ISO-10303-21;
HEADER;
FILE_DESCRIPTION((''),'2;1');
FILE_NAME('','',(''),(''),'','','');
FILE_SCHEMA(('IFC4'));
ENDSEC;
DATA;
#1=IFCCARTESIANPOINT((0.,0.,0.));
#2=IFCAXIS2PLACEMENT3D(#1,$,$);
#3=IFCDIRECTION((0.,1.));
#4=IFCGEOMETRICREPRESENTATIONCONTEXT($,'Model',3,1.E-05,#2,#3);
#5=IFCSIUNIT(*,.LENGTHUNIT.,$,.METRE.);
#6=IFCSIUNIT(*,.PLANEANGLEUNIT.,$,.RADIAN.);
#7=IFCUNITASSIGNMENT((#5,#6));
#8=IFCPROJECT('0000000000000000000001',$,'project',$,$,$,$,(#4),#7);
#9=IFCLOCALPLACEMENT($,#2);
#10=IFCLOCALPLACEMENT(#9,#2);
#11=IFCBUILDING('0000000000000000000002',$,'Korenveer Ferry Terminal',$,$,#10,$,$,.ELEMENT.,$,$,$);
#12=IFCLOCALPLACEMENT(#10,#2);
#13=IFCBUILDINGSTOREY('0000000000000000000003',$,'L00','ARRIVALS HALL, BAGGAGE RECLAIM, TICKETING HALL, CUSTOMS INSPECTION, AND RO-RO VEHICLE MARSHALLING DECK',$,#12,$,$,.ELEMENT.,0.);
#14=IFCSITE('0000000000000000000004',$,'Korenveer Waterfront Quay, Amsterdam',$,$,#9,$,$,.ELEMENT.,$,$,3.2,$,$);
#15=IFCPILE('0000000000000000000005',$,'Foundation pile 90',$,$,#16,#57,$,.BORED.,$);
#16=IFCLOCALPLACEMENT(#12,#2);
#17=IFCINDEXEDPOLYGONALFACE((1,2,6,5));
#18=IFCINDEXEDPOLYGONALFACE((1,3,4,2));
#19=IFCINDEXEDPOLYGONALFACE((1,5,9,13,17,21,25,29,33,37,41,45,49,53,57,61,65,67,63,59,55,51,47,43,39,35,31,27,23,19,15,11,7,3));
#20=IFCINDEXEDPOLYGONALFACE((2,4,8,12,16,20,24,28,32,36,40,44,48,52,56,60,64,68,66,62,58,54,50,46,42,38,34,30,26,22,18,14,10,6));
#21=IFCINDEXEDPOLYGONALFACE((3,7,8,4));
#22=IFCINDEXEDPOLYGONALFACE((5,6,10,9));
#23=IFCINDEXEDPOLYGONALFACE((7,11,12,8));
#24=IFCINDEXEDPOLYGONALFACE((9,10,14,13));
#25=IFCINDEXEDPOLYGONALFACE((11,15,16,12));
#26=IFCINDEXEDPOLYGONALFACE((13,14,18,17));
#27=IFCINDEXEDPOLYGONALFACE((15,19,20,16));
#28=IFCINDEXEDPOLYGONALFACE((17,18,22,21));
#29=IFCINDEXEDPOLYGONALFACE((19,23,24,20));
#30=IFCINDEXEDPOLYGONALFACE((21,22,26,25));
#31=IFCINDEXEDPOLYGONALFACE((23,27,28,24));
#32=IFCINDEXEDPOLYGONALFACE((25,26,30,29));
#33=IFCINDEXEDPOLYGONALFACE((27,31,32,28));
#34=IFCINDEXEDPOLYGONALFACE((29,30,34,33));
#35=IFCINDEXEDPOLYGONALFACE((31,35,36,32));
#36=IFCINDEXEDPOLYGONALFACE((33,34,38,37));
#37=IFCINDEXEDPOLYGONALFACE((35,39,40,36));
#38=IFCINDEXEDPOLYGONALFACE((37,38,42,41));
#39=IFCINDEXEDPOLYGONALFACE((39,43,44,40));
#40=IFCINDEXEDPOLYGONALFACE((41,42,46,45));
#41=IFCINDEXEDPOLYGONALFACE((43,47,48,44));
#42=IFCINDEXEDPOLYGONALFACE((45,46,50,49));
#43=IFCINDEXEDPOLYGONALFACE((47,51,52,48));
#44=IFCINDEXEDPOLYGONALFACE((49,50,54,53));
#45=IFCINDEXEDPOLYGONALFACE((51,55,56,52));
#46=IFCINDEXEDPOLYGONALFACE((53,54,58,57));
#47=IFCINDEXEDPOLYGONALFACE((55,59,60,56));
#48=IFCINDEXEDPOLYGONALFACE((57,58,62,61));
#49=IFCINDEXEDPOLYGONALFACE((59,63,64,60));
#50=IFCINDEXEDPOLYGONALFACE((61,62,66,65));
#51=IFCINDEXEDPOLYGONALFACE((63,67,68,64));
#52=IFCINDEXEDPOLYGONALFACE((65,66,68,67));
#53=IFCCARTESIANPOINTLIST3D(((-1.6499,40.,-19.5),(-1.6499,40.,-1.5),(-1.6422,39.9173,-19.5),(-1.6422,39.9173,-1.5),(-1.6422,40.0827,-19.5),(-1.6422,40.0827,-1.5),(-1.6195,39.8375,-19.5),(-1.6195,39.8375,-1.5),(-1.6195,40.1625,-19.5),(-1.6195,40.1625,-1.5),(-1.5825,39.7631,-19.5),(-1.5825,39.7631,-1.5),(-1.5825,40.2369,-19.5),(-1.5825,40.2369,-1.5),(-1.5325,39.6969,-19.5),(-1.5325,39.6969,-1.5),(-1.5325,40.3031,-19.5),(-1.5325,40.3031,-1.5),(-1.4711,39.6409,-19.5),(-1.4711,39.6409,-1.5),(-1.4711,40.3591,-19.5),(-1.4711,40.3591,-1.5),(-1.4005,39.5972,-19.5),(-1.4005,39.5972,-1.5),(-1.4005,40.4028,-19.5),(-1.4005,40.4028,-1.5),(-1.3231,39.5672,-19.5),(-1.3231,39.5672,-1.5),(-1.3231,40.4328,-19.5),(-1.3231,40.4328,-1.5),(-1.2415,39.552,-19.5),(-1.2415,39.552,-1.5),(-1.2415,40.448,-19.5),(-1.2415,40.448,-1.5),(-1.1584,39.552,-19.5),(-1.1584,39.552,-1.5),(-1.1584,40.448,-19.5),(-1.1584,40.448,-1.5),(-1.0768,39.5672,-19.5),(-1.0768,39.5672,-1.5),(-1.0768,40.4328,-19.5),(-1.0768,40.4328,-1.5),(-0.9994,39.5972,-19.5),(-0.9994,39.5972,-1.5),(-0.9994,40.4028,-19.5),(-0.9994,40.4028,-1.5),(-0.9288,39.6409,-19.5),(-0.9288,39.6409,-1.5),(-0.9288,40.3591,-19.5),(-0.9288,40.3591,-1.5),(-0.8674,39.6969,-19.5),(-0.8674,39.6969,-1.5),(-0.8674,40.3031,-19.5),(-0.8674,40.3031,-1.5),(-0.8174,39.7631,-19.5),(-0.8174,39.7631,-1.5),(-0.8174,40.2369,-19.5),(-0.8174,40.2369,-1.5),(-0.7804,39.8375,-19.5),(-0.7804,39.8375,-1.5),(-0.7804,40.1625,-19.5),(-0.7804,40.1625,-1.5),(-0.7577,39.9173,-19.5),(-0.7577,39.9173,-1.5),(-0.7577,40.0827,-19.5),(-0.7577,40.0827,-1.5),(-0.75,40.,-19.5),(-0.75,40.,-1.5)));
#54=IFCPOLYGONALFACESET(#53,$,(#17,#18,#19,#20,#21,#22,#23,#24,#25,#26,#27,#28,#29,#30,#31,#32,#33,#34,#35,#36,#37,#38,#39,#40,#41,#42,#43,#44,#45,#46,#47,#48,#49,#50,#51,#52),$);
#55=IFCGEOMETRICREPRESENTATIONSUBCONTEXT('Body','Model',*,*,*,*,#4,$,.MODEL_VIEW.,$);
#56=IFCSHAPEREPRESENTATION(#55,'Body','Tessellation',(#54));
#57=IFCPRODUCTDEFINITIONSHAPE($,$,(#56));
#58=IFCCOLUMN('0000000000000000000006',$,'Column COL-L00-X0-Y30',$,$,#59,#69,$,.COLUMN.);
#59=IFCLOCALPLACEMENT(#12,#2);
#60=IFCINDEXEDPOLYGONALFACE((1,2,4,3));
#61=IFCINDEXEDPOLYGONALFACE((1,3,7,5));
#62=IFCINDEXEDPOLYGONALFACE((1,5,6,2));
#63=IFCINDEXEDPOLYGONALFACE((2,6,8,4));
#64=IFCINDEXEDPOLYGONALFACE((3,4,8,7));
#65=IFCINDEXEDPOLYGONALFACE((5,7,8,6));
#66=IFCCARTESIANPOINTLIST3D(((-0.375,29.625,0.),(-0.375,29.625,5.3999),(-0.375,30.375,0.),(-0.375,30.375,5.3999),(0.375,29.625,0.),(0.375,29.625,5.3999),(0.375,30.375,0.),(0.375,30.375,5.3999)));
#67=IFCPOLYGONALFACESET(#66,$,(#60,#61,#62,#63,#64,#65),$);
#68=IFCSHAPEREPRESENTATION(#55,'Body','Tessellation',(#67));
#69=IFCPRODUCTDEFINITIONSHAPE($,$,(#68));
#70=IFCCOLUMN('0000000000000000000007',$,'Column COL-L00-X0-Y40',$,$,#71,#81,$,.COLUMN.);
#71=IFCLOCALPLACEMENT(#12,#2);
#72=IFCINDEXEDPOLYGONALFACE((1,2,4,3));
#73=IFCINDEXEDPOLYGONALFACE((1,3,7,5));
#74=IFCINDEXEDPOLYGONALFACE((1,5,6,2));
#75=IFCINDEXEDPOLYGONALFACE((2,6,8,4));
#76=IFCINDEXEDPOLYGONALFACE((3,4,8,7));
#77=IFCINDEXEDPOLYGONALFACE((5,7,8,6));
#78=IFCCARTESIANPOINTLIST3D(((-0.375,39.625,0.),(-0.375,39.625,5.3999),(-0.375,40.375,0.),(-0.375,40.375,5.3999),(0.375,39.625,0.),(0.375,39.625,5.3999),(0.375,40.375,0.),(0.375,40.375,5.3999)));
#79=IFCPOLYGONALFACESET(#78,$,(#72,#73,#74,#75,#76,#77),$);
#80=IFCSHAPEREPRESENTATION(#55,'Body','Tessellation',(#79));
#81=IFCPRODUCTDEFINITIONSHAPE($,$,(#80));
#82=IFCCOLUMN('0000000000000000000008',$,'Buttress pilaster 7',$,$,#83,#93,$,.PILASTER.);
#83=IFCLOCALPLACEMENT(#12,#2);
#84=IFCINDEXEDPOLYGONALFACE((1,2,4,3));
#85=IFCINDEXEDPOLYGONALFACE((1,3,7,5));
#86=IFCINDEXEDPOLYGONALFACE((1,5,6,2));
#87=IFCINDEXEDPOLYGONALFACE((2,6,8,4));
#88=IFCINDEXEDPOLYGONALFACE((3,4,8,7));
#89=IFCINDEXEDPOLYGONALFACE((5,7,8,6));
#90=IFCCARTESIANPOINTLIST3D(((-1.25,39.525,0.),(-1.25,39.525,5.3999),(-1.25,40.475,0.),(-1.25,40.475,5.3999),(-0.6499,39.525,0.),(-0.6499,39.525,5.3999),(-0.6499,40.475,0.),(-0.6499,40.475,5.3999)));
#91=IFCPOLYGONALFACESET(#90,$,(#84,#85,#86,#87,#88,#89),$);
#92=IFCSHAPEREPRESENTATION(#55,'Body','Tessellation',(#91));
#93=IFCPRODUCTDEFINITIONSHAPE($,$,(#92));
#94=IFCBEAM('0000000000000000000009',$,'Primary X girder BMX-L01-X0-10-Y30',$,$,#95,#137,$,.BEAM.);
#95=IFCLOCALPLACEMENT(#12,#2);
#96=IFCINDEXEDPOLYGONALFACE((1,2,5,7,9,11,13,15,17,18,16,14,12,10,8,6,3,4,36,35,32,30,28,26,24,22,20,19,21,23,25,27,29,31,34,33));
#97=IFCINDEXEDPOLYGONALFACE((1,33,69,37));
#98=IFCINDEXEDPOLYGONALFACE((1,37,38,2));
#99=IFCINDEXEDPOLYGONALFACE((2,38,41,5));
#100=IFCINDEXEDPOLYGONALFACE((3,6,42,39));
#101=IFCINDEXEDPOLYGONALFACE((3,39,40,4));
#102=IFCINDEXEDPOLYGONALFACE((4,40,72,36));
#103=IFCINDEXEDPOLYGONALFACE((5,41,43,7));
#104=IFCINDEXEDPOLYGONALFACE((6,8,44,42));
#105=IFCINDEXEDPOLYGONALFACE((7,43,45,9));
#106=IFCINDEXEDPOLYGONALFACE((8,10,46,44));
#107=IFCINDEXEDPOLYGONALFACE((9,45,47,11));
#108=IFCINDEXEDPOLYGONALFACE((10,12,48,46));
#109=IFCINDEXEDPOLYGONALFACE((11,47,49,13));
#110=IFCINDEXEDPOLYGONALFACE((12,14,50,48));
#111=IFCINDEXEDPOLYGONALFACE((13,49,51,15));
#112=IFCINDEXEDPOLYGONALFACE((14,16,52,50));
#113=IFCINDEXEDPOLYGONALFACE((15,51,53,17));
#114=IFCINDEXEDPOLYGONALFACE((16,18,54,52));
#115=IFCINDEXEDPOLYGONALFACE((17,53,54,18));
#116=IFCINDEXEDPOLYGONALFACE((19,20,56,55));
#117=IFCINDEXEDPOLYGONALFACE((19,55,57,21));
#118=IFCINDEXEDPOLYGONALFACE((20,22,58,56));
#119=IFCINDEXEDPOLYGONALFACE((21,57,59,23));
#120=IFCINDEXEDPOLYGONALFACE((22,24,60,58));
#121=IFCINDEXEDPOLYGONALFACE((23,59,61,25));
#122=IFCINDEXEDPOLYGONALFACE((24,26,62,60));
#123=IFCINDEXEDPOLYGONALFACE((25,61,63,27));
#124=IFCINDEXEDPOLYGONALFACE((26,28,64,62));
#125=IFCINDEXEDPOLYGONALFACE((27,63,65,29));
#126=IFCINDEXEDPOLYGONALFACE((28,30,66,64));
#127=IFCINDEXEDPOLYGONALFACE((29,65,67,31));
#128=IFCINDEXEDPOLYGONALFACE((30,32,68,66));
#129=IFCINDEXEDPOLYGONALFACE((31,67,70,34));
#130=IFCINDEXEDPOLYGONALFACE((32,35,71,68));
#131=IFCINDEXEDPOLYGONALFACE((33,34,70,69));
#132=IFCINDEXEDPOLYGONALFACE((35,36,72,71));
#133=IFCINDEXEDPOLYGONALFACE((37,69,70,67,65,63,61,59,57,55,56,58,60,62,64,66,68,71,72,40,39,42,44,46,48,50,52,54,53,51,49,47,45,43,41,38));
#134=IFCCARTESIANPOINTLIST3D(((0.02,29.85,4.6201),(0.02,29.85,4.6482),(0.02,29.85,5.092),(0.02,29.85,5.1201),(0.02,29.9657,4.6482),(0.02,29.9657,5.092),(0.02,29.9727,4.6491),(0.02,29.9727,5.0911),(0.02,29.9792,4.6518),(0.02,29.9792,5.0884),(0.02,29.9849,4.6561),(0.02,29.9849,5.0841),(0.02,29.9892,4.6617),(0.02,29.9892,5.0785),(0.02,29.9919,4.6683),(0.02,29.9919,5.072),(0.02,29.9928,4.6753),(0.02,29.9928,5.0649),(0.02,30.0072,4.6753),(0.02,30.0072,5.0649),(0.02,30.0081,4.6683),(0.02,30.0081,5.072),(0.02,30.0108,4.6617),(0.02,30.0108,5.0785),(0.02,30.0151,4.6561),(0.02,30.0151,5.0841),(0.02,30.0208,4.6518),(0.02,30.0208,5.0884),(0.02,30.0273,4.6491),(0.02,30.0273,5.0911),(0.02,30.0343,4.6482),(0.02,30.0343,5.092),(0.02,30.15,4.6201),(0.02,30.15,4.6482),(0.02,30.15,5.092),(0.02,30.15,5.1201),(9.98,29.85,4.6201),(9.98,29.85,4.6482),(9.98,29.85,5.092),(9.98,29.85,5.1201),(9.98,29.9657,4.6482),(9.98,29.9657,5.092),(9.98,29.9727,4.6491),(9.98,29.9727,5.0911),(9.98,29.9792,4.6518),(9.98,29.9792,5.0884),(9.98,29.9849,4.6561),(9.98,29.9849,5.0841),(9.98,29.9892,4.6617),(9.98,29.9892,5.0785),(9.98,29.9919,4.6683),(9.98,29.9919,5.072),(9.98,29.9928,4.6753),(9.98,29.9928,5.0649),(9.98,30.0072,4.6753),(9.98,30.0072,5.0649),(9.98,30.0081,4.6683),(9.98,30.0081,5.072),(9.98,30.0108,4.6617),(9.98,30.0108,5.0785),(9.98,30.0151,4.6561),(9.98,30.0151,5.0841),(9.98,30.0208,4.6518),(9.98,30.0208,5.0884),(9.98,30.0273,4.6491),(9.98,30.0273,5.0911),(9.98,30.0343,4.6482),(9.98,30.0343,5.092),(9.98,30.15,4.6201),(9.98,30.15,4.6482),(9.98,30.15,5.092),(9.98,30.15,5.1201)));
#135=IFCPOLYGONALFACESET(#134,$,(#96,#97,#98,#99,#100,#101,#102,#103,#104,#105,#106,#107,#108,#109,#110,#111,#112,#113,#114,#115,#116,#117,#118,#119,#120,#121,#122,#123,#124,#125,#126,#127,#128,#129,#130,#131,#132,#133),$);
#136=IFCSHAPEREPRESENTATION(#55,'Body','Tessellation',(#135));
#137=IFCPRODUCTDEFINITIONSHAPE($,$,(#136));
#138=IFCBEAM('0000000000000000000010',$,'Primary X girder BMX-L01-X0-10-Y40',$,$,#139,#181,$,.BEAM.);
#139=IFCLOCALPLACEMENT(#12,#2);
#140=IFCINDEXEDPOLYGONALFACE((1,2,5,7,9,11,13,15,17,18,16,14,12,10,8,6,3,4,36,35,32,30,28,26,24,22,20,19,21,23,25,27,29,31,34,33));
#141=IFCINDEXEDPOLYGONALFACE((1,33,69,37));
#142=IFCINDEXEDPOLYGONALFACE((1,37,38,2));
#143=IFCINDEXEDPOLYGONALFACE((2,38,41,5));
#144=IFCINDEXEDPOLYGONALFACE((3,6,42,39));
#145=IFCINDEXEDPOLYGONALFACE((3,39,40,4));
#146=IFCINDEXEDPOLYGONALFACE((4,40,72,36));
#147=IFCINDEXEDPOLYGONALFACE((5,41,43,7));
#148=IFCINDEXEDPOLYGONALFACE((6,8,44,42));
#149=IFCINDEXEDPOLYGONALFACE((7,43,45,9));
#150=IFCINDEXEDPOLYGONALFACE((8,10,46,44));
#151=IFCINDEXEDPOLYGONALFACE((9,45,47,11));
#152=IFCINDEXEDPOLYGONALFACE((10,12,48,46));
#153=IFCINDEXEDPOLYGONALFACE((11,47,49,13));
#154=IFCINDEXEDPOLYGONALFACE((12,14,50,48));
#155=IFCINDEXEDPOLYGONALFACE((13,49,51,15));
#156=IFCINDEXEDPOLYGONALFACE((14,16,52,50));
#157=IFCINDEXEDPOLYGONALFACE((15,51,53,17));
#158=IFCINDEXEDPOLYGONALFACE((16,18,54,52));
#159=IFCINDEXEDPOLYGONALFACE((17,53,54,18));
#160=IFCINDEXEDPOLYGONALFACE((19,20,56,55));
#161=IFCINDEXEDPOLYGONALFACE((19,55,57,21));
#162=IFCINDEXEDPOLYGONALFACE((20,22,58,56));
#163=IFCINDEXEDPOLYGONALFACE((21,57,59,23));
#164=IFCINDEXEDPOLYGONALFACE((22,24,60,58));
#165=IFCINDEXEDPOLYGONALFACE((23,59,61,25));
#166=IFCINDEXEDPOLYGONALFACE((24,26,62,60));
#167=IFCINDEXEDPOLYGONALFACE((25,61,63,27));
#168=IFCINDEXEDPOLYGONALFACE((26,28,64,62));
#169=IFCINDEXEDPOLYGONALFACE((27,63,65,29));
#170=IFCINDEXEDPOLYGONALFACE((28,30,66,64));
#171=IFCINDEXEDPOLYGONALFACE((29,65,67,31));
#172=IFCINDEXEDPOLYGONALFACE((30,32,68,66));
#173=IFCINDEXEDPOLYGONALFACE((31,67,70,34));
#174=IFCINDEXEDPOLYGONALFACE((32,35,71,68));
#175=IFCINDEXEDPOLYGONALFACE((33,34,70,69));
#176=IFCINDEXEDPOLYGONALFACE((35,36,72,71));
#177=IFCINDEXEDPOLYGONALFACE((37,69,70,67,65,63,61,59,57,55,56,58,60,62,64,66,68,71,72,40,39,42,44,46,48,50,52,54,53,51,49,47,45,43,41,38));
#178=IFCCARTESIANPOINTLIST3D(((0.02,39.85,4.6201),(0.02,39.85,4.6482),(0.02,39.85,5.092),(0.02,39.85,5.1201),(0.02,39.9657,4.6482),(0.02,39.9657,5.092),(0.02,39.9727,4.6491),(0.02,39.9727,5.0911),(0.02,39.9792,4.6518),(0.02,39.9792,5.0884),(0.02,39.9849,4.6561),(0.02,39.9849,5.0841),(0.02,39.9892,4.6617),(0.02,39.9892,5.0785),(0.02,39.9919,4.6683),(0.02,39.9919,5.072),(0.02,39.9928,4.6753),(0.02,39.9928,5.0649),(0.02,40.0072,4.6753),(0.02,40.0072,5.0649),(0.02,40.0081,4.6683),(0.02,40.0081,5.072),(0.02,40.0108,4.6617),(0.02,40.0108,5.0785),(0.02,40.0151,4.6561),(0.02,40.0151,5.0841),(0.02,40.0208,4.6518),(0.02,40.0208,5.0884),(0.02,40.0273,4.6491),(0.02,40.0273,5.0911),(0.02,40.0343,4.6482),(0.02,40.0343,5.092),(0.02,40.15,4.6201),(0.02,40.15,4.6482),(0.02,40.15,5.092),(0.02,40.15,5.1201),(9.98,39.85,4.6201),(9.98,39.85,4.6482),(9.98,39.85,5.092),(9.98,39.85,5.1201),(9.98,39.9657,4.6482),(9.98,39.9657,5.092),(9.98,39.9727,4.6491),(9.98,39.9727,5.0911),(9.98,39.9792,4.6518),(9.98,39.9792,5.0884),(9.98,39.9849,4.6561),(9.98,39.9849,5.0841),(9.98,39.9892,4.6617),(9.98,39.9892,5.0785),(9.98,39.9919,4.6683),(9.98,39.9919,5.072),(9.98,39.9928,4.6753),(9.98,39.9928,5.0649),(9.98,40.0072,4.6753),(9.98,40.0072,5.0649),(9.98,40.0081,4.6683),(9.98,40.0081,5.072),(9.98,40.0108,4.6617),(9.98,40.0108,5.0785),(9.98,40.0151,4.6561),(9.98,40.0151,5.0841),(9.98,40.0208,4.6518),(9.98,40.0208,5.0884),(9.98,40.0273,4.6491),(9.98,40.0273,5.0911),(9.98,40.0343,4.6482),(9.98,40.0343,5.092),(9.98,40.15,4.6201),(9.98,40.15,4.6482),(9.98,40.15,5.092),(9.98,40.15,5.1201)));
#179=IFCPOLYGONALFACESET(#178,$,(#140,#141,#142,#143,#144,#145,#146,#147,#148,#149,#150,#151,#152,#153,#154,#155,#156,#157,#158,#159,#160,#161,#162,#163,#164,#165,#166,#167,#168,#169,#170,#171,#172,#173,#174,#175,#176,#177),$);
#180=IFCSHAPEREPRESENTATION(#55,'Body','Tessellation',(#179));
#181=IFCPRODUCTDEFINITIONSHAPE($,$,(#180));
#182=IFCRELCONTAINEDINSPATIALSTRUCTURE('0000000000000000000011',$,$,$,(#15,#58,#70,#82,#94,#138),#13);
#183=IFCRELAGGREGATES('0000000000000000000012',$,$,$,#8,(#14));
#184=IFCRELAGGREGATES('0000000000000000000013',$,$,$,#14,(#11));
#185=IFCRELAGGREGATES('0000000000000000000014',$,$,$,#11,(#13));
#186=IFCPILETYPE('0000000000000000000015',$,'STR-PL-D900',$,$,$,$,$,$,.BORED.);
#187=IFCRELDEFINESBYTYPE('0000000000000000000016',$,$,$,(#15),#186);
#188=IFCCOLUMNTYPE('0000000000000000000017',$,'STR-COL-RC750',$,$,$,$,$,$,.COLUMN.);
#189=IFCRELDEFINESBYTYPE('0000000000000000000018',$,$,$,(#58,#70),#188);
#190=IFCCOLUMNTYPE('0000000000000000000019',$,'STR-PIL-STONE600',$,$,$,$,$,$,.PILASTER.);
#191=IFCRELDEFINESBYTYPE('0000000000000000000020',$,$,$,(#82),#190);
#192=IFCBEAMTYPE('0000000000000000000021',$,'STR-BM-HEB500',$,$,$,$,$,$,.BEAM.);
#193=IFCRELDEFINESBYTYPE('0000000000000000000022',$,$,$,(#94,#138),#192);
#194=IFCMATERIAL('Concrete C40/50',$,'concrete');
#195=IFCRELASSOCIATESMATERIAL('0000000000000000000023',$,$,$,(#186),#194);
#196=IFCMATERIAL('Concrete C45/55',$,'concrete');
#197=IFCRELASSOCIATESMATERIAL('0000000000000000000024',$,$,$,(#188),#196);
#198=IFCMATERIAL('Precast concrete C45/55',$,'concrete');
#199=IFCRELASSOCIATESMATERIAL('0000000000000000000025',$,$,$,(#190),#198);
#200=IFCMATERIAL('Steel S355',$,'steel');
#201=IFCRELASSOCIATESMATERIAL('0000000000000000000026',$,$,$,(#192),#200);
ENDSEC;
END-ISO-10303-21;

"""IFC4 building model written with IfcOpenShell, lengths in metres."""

from ifc_helpers import new_model, si_unit, direction, frame, origin, origin_2d, place, context, subcontext, project, spatial, rectangle, circle, i_section, extrude, material, material_profile, profile_set, type_object, element, save


model = new_model("IFC4")

# Units and contexts
model_context = context("Model", 3, precision=1e-05, world=origin(), true_north=direction((0.0, 1.0)))
body_context = subcontext(model_context, "Body", "Model", "MODEL_VIEW")
ifc_project = project(units=[si_unit("LENGTHUNIT", "METRE"), si_unit("PLANEANGLEUNIT", "RADIAN")], contexts=[model_context])

# Site, building, storey
site_placement = place(None, origin())
site = spatial("IfcSite", under=ifc_project, at=site_placement, Name="Korenveer Waterfront Quay, Amsterdam", CompositionType="ELEMENT", RefElevation=3.2)
building_placement = place(site_placement, origin())
building = spatial("IfcBuilding", under=site, at=building_placement, Name="Korenveer Ferry Terminal", CompositionType="ELEMENT")
storey_placement = place(building_placement, origin())
storey = spatial("IfcBuildingStorey", under=building, at=storey_placement, Name="L00", Description="ARRIVALS HALL, BAGGAGE RECLAIM, TICKETING HALL, CUSTOMS INSPECTION, AND RO-RO VEHICLE MARSHALLING DECK", CompositionType="ELEMENT", Elevation=0.0)

# Shared definitions
ifc_material_1 = material(Name="Concrete C40/50", Category="concrete")
ifc_material_2 = material(Name="Concrete C45/55", Category="concrete")

# Pile
ifc_material_profile_1 = material_profile(ifc_material_1, circle(Radius=0.45, at=origin_2d()), Name="PILE D900")
ifc_profile_set_1 = profile_set([ifc_material_profile_1], Name="Concrete C40/50")
pile_type = type_object("IfcPileType", Name="STR-PL-D900", PredefinedType="BORED", material=ifc_profile_set_1)
for number, where, z_axis, x_axis, name in (
    (1, (-1.2, 40.0, -1.5), (0.0, 0.0, -1.0), (1.0, 0.0, 0.0), "Foundation pile 90"),
):
    element("IfcPile", number, at=place(storey_placement, frame(where, z_axis=z_axis, x_axis=x_axis)), inside=storey, type_object=pile_type, Name=name, PredefinedType="BORED", context=body_context, shape_type="SweptSolid", body=[
        extrude(circle(Radius=0.45, at=origin_2d()), origin(), (0.0, 0.0, 1.0), 18.0),
    ])

# Columns
ifc_material_profile_2 = material_profile(ifc_material_2, rectangle(XDim=0.75, YDim=0.75, at=origin_2d()), Name="RC 750x750")
ifc_profile_set_2 = profile_set([ifc_material_profile_2], Name="Concrete C45/55")
column_type_1 = type_object("IfcColumnType", Name="STR-COL-RC750", PredefinedType="COLUMN", material=ifc_profile_set_2)
for number, where, z_axis, x_axis, name in (
    (2, (0.0, 30.0, 0.0), (0.0, 0.0, 1.0), (1.0, 0.0, 0.0), "Column COL-L00-X0-Y30"),
    (3, (0.0, 40.0, 0.0), (0.0, 0.0, 1.0), (1.0, 0.0, 0.0), "Column COL-L00-X0-Y40"),
):
    element("IfcColumn", number, at=place(storey_placement, frame(where, z_axis=z_axis, x_axis=x_axis)), inside=storey, type_object=column_type_1, Name=name, PredefinedType="COLUMN", context=body_context, shape_type="SweptSolid", body=[
        extrude(rectangle(XDim=0.75, YDim=0.75, at=origin_2d()), origin(), (0.0, 0.0, 1.0), 5.3999),
    ])
ifc_material_3 = material(Name="Precast concrete C45/55", Category="concrete")
ifc_material_profile_3 = material_profile(ifc_material_3, rectangle(XDim=0.6001, YDim=0.95, at=origin_2d()), Name="RC 600x950")
ifc_profile_set_3 = profile_set([ifc_material_profile_3], Name="Precast concrete C45/55")
column_type_2 = type_object("IfcColumnType", Name="STR-PIL-STONE600", PredefinedType="PILASTER", material=ifc_profile_set_3)
column_placement = place(storey_placement, frame((-0.95, 40.0, 0.0), z_axis=(0.0, 0.0, 1.0), x_axis=(1.0, 0.0, 0.0)))
element("IfcColumn", 4, at=column_placement, inside=storey, type_object=column_type_2, Name="Buttress pilaster 7", PredefinedType="PILASTER", context=body_context, shape_type="SweptSolid", body=[
    extrude(rectangle(XDim=0.6001, YDim=0.95, at=origin_2d()), origin(), (0.0, 0.0, 1.0), 5.3999),
])

# Beams
ifc_material_4 = material(Name="Steel S355", Category="steel")
ifc_material_profile_4 = material_profile(ifc_material_4, i_section(OverallWidth=0.3, OverallDepth=0.5, WebThickness=0.0144, FlangeThickness=0.0281, FilletRadius=0.0271, at=origin_2d()), Name="HEB 500")
ifc_profile_set_4 = profile_set([ifc_material_profile_4], Name="Steel S355")
beam_type_1 = type_object("IfcBeamType", Name="STR-BM-HEB500", PredefinedType="BEAM", material=ifc_profile_set_4)
for number, where, z_axis, x_axis, name in (
    (5, (0.02, 30.0, 4.8701), (1.0, 0.0, 0.0), (0.0, 1.0, 0.0), "Primary X girder BMX-L01-X0-10-Y30"),
    (6, (0.02, 40.0, 4.8701), (1.0, 0.0, 0.0), (0.0, 1.0, 0.0), "Primary X girder BMX-L01-X0-10-Y40"),
):
    element("IfcBeam", number, at=place(storey_placement, frame(where, z_axis=z_axis, x_axis=x_axis)), inside=storey, type_object=beam_type_1, Name=name, PredefinedType="BEAM", context=body_context, shape_type="SweptSolid", body=[
        extrude(i_section(OverallWidth=0.3, OverallDepth=0.5, WebThickness=0.0144, FlangeThickness=0.0281, FilletRadius=0.0271, at=origin_2d()), origin(), (0.0, 0.0, 1.0), 9.96),
    ])

save(model, "model.ifc")
